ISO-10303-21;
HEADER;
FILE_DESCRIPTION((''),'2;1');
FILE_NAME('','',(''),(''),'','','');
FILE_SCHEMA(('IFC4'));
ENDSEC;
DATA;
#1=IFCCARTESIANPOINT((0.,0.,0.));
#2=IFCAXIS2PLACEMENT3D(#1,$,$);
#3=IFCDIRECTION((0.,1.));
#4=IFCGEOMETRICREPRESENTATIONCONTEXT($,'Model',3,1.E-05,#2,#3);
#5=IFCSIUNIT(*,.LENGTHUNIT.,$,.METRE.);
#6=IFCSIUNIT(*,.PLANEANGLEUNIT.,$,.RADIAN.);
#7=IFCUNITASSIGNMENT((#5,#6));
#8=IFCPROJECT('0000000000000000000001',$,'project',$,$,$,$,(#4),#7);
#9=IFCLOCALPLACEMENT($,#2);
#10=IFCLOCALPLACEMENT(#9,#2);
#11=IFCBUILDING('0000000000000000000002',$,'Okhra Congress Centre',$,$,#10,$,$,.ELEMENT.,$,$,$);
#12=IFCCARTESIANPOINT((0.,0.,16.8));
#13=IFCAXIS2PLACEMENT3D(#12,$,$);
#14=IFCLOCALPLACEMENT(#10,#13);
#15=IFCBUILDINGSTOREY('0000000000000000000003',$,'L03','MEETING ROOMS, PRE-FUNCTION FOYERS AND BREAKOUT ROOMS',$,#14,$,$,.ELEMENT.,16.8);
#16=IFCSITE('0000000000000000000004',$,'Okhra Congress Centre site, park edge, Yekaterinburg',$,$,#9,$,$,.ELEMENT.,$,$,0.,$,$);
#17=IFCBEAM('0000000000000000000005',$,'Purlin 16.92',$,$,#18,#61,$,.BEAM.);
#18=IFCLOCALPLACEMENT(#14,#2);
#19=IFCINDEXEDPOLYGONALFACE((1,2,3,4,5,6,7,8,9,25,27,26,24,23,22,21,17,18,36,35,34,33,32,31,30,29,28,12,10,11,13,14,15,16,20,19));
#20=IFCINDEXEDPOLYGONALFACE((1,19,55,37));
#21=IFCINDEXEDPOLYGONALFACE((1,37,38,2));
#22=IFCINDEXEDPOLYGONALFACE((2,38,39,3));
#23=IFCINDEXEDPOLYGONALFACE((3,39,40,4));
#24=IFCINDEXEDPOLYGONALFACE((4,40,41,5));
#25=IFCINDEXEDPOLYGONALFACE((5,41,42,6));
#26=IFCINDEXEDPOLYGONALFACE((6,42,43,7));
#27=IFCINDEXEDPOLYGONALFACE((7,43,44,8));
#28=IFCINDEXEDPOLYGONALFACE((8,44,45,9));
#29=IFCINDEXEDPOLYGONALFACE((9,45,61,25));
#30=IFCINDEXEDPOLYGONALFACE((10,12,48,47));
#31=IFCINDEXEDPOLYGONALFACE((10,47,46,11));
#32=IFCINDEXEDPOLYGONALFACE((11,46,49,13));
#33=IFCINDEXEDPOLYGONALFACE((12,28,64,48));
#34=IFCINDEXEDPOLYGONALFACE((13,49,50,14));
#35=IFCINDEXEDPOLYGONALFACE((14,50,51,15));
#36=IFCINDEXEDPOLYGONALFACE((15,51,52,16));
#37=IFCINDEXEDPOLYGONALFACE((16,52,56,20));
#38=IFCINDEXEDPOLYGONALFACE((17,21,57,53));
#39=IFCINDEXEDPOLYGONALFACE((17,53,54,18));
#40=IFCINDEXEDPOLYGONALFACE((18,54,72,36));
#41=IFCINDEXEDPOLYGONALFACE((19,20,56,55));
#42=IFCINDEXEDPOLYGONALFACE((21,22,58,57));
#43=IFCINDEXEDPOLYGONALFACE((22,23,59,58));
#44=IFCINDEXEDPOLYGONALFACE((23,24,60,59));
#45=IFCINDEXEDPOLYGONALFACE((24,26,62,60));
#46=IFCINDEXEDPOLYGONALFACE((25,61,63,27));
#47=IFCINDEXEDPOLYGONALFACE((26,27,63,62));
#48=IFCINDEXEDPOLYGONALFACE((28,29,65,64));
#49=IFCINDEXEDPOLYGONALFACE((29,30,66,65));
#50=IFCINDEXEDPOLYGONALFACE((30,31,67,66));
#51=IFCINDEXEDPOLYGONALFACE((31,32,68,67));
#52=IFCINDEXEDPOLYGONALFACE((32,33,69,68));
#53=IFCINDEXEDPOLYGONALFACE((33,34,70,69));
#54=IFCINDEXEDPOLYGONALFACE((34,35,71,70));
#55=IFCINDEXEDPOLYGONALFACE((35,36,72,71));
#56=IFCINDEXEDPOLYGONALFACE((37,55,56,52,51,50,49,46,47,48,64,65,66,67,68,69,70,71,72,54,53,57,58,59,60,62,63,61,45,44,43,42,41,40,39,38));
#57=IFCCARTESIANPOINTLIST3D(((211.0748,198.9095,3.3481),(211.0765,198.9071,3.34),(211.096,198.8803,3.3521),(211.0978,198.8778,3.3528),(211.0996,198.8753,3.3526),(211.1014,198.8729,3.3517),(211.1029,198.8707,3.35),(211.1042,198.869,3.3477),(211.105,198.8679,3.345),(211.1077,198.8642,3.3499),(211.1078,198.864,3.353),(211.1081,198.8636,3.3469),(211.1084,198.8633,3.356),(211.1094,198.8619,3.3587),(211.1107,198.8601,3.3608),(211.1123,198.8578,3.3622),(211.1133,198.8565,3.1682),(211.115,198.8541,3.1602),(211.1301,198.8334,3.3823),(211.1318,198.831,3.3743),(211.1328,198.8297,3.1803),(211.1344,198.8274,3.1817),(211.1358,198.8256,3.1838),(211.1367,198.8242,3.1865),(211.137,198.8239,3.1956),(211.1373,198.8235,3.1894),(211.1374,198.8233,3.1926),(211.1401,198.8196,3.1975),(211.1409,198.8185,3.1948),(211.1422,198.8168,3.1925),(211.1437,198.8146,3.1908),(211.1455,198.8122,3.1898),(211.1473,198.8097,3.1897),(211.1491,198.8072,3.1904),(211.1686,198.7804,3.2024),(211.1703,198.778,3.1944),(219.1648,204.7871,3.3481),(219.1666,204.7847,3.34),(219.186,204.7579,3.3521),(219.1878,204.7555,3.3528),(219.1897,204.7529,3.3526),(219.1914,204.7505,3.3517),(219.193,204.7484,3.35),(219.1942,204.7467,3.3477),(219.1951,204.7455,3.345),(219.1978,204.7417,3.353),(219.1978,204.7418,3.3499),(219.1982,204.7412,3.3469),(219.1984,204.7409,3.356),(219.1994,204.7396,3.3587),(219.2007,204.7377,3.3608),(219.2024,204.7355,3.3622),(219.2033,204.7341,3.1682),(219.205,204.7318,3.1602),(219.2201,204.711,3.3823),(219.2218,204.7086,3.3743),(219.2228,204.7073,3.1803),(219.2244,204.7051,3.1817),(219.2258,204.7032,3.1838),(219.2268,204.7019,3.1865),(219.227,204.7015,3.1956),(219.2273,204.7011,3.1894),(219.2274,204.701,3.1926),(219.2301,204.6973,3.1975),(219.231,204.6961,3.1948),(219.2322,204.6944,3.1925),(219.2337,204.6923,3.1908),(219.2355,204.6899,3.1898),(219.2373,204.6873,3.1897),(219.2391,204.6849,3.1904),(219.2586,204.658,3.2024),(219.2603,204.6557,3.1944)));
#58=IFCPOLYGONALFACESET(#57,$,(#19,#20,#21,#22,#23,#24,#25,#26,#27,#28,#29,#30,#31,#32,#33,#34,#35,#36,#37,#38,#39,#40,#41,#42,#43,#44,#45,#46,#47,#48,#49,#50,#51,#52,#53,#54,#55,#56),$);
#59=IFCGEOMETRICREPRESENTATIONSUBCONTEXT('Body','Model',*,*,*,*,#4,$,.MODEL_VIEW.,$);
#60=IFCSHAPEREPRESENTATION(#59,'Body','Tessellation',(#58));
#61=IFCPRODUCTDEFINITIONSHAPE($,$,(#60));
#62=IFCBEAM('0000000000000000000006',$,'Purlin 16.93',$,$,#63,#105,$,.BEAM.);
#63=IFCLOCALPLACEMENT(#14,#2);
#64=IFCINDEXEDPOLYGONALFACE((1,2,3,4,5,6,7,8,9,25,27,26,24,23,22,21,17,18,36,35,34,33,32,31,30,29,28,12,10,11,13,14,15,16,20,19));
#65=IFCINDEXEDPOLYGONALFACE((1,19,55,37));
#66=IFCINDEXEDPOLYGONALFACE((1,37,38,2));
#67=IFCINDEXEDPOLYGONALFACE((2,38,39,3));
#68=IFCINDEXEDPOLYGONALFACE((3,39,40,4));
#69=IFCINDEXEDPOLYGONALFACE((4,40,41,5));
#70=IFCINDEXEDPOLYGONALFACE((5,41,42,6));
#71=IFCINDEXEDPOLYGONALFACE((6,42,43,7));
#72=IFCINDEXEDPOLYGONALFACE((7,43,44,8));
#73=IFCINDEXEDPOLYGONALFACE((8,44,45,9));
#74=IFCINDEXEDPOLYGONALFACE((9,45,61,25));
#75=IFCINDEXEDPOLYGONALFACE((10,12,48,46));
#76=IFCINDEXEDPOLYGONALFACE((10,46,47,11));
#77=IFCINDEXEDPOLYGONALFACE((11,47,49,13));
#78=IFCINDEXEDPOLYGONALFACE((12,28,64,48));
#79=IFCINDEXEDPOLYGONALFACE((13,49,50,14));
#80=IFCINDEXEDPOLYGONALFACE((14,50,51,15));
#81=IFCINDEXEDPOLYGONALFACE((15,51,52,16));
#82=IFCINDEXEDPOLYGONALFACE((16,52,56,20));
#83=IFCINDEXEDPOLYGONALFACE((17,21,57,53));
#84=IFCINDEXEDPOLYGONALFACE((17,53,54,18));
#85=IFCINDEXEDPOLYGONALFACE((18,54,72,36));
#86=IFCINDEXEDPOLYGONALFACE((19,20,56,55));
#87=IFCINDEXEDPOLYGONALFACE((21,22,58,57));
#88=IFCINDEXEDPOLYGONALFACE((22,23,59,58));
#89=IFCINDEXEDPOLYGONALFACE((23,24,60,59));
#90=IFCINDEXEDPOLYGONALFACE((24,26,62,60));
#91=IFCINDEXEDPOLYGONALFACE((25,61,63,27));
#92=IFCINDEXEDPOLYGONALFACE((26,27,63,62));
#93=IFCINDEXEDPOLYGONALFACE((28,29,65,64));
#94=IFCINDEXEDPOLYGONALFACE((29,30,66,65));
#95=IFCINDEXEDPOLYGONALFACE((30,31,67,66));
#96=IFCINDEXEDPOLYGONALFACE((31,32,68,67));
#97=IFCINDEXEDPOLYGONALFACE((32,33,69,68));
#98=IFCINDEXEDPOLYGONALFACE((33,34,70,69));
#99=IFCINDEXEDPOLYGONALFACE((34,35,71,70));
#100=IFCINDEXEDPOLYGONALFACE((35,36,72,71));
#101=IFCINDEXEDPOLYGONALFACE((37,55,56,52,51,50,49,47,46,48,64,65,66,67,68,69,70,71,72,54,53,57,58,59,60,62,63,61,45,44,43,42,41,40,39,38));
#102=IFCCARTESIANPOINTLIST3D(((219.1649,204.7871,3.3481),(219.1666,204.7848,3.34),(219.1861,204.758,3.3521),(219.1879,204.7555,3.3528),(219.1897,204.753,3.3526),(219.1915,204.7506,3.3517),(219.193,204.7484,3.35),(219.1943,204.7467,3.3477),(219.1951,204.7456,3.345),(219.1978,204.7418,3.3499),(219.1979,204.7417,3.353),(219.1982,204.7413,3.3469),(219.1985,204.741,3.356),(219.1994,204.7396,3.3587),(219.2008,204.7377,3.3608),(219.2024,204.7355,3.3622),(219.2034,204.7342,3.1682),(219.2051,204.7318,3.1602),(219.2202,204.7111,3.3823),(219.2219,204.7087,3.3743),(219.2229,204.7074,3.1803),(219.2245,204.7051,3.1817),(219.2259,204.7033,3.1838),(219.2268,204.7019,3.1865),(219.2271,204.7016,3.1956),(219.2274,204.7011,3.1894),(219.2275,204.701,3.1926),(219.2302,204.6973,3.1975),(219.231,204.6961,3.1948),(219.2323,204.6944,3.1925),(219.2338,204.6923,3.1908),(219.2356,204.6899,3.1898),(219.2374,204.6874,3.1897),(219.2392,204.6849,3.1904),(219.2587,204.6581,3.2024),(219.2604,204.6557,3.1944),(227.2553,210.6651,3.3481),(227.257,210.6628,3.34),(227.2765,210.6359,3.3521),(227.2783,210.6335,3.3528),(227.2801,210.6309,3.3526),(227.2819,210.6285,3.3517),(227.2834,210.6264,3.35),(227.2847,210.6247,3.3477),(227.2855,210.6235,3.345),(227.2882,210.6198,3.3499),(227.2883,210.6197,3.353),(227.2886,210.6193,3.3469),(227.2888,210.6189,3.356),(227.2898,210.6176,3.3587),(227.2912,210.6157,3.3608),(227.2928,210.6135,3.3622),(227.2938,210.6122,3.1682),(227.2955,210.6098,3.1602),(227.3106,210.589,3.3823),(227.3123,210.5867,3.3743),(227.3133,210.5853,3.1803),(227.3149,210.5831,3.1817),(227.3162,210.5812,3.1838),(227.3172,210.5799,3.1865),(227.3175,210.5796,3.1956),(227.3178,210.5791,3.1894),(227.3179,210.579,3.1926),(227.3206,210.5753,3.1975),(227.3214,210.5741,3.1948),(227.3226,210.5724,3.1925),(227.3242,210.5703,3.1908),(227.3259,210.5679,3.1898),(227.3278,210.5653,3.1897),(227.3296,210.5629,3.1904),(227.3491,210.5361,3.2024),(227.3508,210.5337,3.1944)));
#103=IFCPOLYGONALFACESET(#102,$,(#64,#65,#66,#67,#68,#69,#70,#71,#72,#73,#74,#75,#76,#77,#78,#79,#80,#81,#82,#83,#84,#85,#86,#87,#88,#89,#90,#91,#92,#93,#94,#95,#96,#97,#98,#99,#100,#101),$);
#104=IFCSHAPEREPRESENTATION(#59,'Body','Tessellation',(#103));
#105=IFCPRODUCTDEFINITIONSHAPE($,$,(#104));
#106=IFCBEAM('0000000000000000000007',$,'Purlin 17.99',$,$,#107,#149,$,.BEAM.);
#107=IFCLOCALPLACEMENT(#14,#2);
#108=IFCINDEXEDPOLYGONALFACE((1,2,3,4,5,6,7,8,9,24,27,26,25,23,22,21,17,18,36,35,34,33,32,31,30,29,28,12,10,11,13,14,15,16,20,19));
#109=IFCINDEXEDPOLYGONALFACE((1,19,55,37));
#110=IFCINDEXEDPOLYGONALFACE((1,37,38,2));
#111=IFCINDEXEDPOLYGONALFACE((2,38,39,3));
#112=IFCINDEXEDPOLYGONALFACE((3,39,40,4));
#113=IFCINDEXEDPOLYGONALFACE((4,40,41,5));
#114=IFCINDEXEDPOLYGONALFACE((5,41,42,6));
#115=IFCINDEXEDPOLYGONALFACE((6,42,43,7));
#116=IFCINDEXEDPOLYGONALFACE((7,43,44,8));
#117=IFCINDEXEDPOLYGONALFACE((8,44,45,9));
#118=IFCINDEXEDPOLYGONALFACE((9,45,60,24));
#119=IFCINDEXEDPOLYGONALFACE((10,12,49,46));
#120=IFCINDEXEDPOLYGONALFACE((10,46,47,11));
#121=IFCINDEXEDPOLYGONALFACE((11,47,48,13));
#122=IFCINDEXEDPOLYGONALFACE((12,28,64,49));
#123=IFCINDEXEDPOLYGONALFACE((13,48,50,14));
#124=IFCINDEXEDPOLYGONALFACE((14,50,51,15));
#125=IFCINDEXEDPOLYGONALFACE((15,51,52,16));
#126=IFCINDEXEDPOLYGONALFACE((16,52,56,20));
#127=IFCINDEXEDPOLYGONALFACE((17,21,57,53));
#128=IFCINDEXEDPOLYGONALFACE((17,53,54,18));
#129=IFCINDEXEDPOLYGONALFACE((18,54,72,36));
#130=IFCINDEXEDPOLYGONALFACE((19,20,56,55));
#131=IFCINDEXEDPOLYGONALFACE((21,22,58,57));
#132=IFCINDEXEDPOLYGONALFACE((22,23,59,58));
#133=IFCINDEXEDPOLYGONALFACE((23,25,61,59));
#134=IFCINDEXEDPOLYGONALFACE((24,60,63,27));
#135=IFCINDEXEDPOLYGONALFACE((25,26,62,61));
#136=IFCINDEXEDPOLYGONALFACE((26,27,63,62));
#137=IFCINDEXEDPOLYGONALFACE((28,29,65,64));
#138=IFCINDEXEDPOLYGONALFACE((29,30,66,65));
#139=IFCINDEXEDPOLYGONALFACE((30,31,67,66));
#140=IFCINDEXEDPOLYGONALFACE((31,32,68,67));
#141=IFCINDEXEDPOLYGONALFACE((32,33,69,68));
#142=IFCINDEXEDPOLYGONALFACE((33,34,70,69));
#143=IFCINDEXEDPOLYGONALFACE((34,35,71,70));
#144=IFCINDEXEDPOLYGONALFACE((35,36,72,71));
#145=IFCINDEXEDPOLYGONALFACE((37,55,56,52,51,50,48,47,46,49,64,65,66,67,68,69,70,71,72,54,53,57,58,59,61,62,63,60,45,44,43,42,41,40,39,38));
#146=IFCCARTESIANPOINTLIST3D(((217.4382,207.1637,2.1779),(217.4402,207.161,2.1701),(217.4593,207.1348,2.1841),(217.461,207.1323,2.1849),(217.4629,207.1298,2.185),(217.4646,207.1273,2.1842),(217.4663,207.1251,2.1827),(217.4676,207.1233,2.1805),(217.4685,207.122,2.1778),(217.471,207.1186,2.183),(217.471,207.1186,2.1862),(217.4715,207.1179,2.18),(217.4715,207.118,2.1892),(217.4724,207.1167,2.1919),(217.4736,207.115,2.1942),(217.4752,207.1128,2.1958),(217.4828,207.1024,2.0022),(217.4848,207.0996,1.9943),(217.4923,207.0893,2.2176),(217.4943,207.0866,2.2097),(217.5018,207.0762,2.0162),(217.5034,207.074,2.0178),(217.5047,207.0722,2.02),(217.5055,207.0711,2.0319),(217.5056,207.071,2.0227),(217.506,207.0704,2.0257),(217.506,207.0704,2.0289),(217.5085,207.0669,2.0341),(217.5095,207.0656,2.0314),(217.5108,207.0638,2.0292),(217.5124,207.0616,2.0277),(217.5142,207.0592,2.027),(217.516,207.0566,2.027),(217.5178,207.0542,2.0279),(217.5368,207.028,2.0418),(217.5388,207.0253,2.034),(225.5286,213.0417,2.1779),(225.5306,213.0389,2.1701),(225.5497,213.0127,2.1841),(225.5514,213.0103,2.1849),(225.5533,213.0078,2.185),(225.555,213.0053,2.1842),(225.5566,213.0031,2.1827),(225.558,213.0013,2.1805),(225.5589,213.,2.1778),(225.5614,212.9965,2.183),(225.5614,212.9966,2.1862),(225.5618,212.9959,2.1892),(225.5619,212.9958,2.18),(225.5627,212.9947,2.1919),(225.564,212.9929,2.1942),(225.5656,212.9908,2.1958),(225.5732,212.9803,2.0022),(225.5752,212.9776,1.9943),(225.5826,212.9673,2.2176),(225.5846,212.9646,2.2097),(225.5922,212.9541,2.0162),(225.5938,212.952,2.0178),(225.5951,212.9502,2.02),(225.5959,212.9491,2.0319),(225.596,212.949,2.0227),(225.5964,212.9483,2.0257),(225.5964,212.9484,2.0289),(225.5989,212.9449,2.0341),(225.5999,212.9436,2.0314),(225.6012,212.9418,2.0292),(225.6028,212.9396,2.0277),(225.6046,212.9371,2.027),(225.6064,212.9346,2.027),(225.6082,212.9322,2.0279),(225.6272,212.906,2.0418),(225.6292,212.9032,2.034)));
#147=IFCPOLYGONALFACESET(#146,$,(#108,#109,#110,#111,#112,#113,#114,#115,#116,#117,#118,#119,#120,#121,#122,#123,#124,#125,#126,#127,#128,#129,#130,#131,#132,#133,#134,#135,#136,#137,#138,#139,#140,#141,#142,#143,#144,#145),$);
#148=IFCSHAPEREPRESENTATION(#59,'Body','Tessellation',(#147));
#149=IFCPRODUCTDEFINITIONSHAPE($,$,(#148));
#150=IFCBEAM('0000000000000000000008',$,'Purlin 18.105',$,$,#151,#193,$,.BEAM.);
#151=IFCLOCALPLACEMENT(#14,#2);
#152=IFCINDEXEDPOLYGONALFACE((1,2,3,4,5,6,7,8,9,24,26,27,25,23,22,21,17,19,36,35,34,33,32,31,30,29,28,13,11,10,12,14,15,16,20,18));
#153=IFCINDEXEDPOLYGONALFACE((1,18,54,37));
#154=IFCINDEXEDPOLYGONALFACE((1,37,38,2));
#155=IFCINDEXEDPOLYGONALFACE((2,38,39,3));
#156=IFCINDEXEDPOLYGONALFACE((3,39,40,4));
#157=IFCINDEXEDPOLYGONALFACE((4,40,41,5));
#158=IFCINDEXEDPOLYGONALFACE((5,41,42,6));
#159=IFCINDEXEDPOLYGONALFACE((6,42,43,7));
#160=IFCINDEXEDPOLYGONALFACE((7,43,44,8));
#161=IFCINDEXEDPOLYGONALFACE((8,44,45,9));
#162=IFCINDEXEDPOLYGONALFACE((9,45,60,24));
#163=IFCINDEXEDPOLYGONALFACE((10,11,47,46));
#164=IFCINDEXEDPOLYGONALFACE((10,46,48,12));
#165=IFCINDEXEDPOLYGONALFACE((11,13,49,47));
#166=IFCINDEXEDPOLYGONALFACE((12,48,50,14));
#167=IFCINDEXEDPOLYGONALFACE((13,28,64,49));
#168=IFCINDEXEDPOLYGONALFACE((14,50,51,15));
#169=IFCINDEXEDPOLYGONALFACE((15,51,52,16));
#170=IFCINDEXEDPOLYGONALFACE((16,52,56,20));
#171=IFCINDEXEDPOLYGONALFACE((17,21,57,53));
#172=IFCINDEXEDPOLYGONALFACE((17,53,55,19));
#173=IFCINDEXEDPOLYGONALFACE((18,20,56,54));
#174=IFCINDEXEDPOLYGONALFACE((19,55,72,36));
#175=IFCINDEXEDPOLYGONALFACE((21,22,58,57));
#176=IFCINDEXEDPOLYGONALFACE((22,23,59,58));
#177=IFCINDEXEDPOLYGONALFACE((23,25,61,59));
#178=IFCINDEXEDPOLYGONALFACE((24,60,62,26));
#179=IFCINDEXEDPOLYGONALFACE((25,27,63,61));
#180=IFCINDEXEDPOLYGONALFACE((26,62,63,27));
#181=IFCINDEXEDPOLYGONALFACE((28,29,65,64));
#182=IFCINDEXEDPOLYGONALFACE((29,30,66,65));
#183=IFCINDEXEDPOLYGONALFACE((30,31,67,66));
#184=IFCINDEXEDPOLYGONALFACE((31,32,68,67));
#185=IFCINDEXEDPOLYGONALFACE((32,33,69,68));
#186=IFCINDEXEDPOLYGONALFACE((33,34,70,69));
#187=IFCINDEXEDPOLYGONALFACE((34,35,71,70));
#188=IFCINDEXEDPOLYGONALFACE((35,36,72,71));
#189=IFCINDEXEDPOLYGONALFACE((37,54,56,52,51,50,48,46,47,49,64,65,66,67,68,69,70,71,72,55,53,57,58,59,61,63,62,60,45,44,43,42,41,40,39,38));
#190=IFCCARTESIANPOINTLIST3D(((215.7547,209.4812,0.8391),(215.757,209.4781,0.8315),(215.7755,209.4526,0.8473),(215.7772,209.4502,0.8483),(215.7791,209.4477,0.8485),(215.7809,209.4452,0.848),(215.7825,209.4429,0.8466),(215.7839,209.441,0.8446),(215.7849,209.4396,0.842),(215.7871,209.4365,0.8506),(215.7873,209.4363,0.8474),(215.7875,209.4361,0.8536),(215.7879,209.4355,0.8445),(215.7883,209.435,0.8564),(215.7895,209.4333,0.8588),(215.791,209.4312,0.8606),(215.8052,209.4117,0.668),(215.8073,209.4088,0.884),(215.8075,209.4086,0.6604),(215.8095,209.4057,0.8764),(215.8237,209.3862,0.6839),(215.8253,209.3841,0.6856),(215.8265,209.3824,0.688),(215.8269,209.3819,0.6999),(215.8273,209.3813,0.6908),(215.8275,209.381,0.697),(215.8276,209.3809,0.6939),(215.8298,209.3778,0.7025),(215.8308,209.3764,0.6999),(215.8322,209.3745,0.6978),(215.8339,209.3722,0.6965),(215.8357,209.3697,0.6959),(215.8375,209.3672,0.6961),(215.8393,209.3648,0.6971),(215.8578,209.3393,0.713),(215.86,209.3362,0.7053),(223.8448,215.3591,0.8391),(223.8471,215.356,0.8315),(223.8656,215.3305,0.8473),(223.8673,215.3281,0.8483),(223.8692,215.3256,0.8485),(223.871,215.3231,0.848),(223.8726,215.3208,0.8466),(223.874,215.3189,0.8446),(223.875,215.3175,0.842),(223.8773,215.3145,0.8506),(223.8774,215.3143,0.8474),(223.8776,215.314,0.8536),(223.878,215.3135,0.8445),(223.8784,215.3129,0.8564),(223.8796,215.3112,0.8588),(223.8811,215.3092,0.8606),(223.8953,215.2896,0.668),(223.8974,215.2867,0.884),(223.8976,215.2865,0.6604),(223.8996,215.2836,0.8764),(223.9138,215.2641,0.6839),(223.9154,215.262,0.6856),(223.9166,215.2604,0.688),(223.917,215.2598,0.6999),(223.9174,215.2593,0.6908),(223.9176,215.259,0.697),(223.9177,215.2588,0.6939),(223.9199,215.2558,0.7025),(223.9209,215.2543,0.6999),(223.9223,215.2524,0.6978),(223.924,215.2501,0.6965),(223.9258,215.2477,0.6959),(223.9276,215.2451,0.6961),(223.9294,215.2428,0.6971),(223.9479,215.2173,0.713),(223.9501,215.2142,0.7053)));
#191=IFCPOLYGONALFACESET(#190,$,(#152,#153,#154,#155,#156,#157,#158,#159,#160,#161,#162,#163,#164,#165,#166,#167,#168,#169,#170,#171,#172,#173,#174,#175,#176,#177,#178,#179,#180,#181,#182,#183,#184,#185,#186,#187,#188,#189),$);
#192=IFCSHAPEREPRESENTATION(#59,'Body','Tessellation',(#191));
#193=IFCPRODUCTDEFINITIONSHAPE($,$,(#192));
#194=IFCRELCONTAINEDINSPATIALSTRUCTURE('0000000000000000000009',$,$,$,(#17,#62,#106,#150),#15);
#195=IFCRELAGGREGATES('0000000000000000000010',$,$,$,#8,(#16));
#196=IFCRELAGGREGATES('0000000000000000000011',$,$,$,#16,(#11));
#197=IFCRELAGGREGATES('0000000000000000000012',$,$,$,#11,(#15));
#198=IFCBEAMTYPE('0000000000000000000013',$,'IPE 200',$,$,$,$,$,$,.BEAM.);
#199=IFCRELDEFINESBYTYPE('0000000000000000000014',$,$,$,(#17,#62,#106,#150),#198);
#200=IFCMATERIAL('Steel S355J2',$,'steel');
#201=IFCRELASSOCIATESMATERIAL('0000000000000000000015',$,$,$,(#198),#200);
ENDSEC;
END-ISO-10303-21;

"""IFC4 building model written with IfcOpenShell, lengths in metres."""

from ifc_helpers import new_model, si_unit, direction, frame, origin, origin_2d, place, context, subcontext, project, spatial, i_section, extrude, material, material_profile, profile_set, type_object, element, save


model = new_model("IFC4")

# Units and contexts
model_context = context("Model", 3, precision=1e-05, world=origin(), true_north=direction((0.0, 1.0)))
body_context = subcontext(model_context, "Body", "Model", "MODEL_VIEW")
ifc_project = project(units=[si_unit("LENGTHUNIT", "METRE"), si_unit("PLANEANGLEUNIT", "RADIAN")], contexts=[model_context])

# Site, building, storey
site_placement = place(None, origin())
site = spatial("IfcSite", under=ifc_project, at=site_placement, Name="Okhra Congress Centre site, park edge, Yekaterinburg", CompositionType="ELEMENT", RefElevation=0.0)
building_placement = place(site_placement, origin())
building = spatial("IfcBuilding", under=site, at=building_placement, Name="Okhra Congress Centre", CompositionType="ELEMENT")
storey_placement = place(building_placement, frame((0.0, 0.0, 16.8)))
storey = spatial("IfcBuildingStorey", under=building, at=storey_placement, Name="L03", Description="MEETING ROOMS, PRE-FUNCTION FOYERS AND BREAKOUT ROOMS", CompositionType="ELEMENT", Elevation=16.8)

# Beams
ifc_material_1 = material(Name="Steel S355J2", Category="steel")
ifc_material_profile_1 = material_profile(ifc_material_1, i_section(OverallWidth=0.1001, OverallDepth=0.2, WebThickness=0.0056, FlangeThickness=0.0085, FilletRadius=0.012, at=origin_2d()), Name="IPE 200")
ifc_profile_set_1 = profile_set([ifc_material_profile_1], Name="Steel S355J2")
beam_type = type_object("IfcBeamType", Name="IPE 200", PredefinedType="BEAM", material=ifc_profile_set_1)
beam_1_placement = place(storey_placement, frame((211.1226, 198.8438, 3.2712), z_axis=(0.809022, 0.587778, 0.0), x_axis=(-0.552331, 0.760232, -0.34202)))
element("IfcBeam", 1, at=beam_1_placement, inside=storey, type_object=beam_type, Name="Purlin 16.92", PredefinedType="BEAM", context=body_context, shape_type="SweptSolid", body=[
    extrude(i_section(OverallWidth=0.1001, OverallDepth=0.2, WebThickness=0.0056, FlangeThickness=0.0085, FilletRadius=0.012, at=origin_2d()), origin(), (0.0, 0.0, 1.0), 9.9998),
])
for number, where, z_axis, x_axis, name in (
    (2, (219.2126, 204.7214, 3.2712), (0.809019, 0.587783, 0.0), (-0.552335, 0.760229, -0.34202), "Purlin 16.93"),
    (3, (217.4885, 207.0945, 2.106), (0.809019, 0.587783, 0.0), (-0.539711, 0.742854, -0.39608), "Purlin 17.99"),
):
    element("IfcBeam", number, at=place(storey_placement, frame(where, z_axis=z_axis, x_axis=x_axis)), inside=storey, type_object=beam_type, Name=name, PredefinedType="BEAM", context=body_context, shape_type="SweptSolid", body=[
        extrude(i_section(OverallWidth=0.1001, OverallDepth=0.2, WebThickness=0.0056, FlangeThickness=0.0085, FilletRadius=0.012, at=origin_2d()), origin(), (0.0, 0.0, 1.0), 10.0002),
    ])
beam_2_placement = place(storey_placement, frame((215.8074, 209.4087, 0.7722), z_axis=(0.80901, 0.587794, 0.0), x_axis=(-0.525272, 0.722958, -0.448799)))
element("IfcBeam", 4, at=beam_2_placement, inside=storey, type_object=beam_type, Name="Purlin 18.105", PredefinedType="BEAM", context=body_context, shape_type="SweptSolid", body=[
    extrude(i_section(OverallWidth=0.1001, OverallDepth=0.2, WebThickness=0.0056, FlangeThickness=0.0085, FilletRadius=0.012, at=origin_2d()), origin(), (0.0, 0.0, 1.0), 10.0),
])

save(model, "model.ifc")
